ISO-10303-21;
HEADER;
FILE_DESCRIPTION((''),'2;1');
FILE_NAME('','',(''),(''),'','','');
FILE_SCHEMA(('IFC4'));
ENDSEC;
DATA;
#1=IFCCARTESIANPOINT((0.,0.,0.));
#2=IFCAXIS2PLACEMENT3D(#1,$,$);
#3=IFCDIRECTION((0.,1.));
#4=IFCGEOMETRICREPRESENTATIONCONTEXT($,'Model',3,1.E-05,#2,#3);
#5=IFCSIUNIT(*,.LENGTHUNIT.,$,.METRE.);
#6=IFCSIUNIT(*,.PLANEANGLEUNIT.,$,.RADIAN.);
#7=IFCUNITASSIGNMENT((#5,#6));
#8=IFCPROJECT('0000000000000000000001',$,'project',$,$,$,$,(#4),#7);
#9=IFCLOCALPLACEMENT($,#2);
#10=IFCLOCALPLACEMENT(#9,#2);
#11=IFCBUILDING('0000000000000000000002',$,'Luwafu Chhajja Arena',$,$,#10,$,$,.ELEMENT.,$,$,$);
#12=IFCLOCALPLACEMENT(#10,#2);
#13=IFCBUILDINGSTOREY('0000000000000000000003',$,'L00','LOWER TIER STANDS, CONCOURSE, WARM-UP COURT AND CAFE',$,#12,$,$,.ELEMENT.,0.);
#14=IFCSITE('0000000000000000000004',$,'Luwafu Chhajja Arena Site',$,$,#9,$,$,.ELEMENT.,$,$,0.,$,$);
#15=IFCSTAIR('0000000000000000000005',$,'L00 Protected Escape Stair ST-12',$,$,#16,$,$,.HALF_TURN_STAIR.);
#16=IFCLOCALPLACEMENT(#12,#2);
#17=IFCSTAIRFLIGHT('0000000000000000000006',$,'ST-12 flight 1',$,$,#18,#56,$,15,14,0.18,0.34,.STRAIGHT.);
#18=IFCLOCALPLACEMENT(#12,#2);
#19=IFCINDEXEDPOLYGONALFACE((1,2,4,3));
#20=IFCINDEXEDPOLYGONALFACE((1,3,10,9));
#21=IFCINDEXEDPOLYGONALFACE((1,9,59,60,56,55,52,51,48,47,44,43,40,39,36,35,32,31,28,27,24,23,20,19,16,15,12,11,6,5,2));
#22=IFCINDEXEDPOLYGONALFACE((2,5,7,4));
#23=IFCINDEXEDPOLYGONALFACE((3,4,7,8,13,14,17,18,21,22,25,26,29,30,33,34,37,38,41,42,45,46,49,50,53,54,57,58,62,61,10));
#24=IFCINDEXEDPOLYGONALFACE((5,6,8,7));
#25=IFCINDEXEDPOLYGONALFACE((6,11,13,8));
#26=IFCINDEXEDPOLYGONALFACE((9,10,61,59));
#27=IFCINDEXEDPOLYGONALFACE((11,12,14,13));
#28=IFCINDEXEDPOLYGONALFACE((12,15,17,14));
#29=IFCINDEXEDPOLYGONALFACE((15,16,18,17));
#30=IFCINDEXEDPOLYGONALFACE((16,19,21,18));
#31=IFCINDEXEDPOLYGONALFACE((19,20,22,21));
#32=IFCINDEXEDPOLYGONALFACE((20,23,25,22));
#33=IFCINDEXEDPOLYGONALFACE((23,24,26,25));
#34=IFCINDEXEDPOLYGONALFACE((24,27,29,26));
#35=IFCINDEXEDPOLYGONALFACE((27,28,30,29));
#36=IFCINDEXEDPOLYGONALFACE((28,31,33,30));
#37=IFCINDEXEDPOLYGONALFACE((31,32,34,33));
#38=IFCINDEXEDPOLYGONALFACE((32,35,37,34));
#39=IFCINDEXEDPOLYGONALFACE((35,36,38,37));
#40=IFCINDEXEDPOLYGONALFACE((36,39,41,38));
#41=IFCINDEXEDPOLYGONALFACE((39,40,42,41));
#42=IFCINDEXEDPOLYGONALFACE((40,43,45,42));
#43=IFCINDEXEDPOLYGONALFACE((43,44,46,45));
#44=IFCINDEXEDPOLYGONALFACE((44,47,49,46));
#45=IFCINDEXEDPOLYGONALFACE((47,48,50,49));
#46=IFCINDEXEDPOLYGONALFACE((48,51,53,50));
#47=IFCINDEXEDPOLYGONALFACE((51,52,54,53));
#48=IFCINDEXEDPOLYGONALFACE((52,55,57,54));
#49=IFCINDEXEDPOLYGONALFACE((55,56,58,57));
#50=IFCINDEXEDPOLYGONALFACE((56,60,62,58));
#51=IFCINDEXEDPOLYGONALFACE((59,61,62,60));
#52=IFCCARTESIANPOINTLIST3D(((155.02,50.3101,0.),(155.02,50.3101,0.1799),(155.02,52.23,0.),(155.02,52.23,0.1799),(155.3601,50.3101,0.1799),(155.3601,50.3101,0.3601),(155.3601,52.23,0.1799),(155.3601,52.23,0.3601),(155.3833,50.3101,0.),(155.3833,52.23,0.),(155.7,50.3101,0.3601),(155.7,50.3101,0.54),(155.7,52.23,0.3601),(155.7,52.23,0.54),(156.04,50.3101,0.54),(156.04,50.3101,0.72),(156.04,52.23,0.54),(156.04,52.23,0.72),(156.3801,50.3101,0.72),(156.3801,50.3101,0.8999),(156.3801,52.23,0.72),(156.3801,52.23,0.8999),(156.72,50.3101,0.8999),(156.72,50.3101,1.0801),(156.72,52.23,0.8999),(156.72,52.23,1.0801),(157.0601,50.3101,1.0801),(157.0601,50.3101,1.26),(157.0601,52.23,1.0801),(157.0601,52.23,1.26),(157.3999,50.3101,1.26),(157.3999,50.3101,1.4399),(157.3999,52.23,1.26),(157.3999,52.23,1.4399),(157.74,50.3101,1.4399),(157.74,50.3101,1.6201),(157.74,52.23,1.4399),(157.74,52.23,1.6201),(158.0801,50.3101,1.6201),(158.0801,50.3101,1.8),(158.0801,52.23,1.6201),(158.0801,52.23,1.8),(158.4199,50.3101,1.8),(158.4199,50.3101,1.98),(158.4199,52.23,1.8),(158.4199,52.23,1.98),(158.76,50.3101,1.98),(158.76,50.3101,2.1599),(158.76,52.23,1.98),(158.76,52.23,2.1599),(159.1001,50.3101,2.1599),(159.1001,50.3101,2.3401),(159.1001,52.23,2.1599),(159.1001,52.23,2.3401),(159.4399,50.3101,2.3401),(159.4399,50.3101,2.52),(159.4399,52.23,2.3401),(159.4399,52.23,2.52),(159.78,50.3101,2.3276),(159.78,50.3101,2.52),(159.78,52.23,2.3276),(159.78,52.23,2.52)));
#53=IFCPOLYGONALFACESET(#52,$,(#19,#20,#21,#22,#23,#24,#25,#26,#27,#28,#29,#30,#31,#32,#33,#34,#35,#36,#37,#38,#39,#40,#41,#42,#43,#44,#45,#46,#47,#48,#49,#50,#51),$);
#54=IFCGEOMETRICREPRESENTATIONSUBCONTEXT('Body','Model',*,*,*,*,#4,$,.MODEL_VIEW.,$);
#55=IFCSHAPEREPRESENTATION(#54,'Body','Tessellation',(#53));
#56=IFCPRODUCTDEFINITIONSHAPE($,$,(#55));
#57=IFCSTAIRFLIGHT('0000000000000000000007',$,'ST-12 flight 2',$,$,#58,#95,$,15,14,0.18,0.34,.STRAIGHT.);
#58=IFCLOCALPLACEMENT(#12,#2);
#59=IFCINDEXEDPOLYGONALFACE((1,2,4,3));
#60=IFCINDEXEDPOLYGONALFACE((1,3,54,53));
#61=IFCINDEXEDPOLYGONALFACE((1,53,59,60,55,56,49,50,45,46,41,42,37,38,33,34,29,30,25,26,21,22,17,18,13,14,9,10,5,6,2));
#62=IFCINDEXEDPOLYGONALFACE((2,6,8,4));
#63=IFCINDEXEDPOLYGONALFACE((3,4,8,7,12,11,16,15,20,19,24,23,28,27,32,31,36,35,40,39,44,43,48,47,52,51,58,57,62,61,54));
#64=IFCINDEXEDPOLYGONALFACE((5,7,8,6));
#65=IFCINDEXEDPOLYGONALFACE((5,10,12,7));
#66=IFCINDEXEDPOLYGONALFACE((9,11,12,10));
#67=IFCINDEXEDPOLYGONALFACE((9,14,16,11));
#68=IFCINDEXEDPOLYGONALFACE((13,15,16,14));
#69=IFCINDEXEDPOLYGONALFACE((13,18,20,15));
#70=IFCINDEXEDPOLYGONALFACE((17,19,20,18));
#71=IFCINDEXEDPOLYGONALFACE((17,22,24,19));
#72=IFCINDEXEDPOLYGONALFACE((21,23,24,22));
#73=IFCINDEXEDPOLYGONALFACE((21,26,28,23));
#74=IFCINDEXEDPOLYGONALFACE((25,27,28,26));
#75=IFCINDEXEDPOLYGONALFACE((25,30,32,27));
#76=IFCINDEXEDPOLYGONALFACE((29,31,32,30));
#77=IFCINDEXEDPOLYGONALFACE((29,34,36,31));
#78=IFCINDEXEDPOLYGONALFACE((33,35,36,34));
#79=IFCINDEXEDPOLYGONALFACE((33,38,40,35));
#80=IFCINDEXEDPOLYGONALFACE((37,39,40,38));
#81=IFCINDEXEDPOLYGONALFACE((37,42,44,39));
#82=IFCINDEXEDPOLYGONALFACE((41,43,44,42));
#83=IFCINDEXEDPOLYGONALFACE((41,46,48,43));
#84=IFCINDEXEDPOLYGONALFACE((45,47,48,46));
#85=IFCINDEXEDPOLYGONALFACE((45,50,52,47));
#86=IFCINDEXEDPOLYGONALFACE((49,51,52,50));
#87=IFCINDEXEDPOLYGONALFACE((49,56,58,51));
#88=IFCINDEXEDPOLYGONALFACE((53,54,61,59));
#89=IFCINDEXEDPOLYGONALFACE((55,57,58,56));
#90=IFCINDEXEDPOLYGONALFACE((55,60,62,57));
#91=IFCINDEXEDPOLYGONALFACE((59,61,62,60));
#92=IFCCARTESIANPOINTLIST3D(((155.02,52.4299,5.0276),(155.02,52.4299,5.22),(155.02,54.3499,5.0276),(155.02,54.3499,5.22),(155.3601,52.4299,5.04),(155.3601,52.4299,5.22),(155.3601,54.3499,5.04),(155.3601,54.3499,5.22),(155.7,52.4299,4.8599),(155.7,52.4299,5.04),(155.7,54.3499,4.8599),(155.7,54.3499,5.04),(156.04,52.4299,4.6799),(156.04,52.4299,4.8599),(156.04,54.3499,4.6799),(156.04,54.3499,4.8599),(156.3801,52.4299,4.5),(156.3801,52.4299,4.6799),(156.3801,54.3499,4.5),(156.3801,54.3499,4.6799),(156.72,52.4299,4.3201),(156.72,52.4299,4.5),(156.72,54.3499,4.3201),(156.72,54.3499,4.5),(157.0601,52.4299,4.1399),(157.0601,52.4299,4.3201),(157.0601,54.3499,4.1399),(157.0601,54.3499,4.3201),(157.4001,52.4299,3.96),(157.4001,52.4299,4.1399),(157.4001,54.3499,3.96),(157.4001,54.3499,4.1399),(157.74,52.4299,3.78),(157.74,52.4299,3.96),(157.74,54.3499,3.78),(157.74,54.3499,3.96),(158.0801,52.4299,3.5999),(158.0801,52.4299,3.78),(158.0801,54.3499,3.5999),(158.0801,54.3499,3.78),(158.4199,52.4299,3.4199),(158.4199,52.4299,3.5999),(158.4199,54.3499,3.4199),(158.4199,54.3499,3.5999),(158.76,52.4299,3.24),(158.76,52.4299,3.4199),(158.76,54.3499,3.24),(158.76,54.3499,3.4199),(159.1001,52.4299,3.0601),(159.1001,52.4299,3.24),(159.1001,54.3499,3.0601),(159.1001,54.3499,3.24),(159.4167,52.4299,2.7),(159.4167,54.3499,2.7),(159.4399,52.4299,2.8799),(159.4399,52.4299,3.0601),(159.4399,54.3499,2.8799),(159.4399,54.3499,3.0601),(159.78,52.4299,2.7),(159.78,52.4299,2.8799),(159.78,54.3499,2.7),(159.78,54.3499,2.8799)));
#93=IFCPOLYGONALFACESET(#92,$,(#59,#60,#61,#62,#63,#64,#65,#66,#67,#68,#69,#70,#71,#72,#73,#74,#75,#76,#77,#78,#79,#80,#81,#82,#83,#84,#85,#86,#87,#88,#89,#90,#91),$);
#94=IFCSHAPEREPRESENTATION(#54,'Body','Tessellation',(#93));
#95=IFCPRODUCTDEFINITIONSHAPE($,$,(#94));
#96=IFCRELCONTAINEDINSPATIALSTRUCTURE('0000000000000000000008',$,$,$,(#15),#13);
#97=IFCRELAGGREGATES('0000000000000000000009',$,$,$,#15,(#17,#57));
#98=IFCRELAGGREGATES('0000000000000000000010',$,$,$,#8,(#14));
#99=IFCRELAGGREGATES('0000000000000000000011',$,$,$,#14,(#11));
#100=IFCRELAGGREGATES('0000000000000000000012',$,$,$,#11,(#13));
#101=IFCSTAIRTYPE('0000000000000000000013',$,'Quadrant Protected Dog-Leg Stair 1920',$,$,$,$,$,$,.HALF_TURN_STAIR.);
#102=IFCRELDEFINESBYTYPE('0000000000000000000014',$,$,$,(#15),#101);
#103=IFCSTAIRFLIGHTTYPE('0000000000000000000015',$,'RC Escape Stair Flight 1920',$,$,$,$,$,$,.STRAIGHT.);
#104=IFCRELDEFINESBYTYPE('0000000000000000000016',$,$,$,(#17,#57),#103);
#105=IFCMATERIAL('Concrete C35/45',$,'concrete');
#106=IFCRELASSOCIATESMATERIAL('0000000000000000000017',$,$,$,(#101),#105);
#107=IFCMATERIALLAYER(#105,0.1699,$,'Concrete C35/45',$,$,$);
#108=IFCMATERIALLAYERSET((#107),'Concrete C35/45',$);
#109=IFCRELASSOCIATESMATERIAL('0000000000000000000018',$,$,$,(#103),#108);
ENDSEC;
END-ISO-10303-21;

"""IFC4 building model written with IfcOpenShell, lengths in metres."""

from ifc_helpers import new_model, si_unit, direction, frame, origin, place, context, subcontext, project, spatial, polyline, outline, extrude, material, layer, layer_set, type_object, element, aggregate, save


model = new_model("IFC4")

# Units and contexts
model_context = context("Model", 3, precision=1e-05, world=origin(), true_north=direction((0.0, 1.0)))
body_context = subcontext(model_context, "Body", "Model", "MODEL_VIEW")
ifc_project = project(units=[si_unit("LENGTHUNIT", "METRE"), si_unit("PLANEANGLEUNIT", "RADIAN")], contexts=[model_context])

# Site, building, storey
site_placement = place(None, origin())
site = spatial("IfcSite", under=ifc_project, at=site_placement, Name="Luwafu Chhajja Arena Site", CompositionType="ELEMENT", RefElevation=0.0)
building_placement = place(site_placement, origin())
building = spatial("IfcBuilding", under=site, at=building_placement, Name="Luwafu Chhajja Arena", CompositionType="ELEMENT")
storey_placement = place(building_placement, origin())
storey = spatial("IfcBuildingStorey", under=building, at=storey_placement, Name="L00", Description="LOWER TIER STANDS, CONCOURSE, WARM-UP COURT AND CAFE", CompositionType="ELEMENT", Elevation=0.0)

# Shared definitions
ifc_material_1 = material(Name="Concrete C35/45", Category="concrete")

# Stair, stair flights
stair_type = type_object("IfcStairType", Name="Quadrant Protected Dog-Leg Stair 1920", PredefinedType="HALF_TURN_STAIR", material=ifc_material_1)
stair_placement = place(storey_placement, origin())
stair = element("IfcStair", 1, at=stair_placement, inside=storey, type_object=stair_type, Name="L00 Protected Escape Stair ST-12", PredefinedType="HALF_TURN_STAIR")
ifc_layer_1 = layer(ifc_material_1, 0.1699, Name="Concrete C35/45")
ifc_layer_set_1 = layer_set([ifc_layer_1], Name="Concrete C35/45")
stair_flight_type = type_object("IfcStairFlightType", Name="RC Escape Stair Flight 1920", PredefinedType="STRAIGHT", material=ifc_layer_set_1)
stair_flight_1_placement = place(storey_placement, frame((155.02, 51.27, 0.0), z_axis=(0.0, 0.0, 1.0), x_axis=(1.0, 0.0, 0.0)))
stair_flight_1 = element("IfcStairFlight", 2, at=stair_flight_1_placement, type_object=stair_flight_type, Name="ST-12 flight 1", NumberOfRisers=15, NumberOfTreads=14, PredefinedType="STRAIGHT", RiserHeight=0.18, TreadLength=0.34, context=body_context, shape_type="SweptSolid", body=[
    extrude(outline(polyline([(0.0, 0.0), (0.0, 0.1799), (0.3401, 0.1799), (0.3401, 0.3601), (0.6799, 0.3601), (0.6799, 0.54), (1.02, 0.54), (1.02, 0.72), (1.3601, 0.72), (1.3601, 0.8999), (1.7, 0.8999), (1.7, 1.0801), (2.04, 1.0801), (2.04, 1.26), (2.3799, 1.26), (2.3799, 1.4399), (2.72, 1.4399), (2.72, 1.6201), (3.0601, 1.6201), (3.0601, 1.8), (3.3999, 1.8), (3.3999, 1.98), (3.74, 1.98), (3.74, 2.1599), (4.0801, 2.1599), (4.0801, 2.3401), (4.4199, 2.3401), (4.4199, 2.52), (4.76, 2.52), (4.76, 2.7), (4.76, 2.3276), (0.3633, 0.0), (0.0, 0.0)])), frame((0.0, 0.96, 0.0), z_axis=(0.0, -1.0, 0.0), x_axis=(1.0, 0.0, 0.0)), (0.0, 0.0, 1.0), 1.9199),
])
stair_flight_2_placement = place(storey_placement, frame((159.78, 53.3899, 2.7), z_axis=(0.0, 0.0, 1.0), x_axis=(-1.0, 0.0, 0.0)))
stair_flight_2 = element("IfcStairFlight", 3, at=stair_flight_2_placement, type_object=stair_flight_type, Name="ST-12 flight 2", NumberOfRisers=15, NumberOfTreads=14, PredefinedType="STRAIGHT", RiserHeight=0.18, TreadLength=0.34, context=body_context, shape_type="SweptSolid", body=[
    extrude(outline(polyline([(0.0, 0.0), (0.0, 0.1799), (0.3401, 0.1799), (0.3401, 0.3601), (0.6799, 0.3601), (0.6799, 0.54), (1.02, 0.54), (1.02, 0.72), (1.3601, 0.72), (1.3601, 0.8999), (1.7, 0.8999), (1.7, 1.0801), (2.04, 1.0801), (2.04, 1.26), (2.3799, 1.26), (2.3799, 1.4399), (2.72, 1.4399), (2.72, 1.6201), (3.0601, 1.6201), (3.0601, 1.8), (3.3999, 1.8), (3.3999, 1.98), (3.74, 1.98), (3.74, 2.1599), (4.0801, 2.1599), (4.0801, 2.3401), (4.4199, 2.3401), (4.4199, 2.52), (4.76, 2.52), (4.76, 2.7), (4.76, 2.3276), (0.3633, 0.0), (0.0, 0.0)])), frame((0.0, 0.96, 0.0), z_axis=(0.0, -1.0, 0.0), x_axis=(1.0, 0.0, 0.0)), (0.0, 0.0, 1.0), 1.9199),
])
aggregate(stair, [stair_flight_1, stair_flight_2])

save(model, "model.ifc")
